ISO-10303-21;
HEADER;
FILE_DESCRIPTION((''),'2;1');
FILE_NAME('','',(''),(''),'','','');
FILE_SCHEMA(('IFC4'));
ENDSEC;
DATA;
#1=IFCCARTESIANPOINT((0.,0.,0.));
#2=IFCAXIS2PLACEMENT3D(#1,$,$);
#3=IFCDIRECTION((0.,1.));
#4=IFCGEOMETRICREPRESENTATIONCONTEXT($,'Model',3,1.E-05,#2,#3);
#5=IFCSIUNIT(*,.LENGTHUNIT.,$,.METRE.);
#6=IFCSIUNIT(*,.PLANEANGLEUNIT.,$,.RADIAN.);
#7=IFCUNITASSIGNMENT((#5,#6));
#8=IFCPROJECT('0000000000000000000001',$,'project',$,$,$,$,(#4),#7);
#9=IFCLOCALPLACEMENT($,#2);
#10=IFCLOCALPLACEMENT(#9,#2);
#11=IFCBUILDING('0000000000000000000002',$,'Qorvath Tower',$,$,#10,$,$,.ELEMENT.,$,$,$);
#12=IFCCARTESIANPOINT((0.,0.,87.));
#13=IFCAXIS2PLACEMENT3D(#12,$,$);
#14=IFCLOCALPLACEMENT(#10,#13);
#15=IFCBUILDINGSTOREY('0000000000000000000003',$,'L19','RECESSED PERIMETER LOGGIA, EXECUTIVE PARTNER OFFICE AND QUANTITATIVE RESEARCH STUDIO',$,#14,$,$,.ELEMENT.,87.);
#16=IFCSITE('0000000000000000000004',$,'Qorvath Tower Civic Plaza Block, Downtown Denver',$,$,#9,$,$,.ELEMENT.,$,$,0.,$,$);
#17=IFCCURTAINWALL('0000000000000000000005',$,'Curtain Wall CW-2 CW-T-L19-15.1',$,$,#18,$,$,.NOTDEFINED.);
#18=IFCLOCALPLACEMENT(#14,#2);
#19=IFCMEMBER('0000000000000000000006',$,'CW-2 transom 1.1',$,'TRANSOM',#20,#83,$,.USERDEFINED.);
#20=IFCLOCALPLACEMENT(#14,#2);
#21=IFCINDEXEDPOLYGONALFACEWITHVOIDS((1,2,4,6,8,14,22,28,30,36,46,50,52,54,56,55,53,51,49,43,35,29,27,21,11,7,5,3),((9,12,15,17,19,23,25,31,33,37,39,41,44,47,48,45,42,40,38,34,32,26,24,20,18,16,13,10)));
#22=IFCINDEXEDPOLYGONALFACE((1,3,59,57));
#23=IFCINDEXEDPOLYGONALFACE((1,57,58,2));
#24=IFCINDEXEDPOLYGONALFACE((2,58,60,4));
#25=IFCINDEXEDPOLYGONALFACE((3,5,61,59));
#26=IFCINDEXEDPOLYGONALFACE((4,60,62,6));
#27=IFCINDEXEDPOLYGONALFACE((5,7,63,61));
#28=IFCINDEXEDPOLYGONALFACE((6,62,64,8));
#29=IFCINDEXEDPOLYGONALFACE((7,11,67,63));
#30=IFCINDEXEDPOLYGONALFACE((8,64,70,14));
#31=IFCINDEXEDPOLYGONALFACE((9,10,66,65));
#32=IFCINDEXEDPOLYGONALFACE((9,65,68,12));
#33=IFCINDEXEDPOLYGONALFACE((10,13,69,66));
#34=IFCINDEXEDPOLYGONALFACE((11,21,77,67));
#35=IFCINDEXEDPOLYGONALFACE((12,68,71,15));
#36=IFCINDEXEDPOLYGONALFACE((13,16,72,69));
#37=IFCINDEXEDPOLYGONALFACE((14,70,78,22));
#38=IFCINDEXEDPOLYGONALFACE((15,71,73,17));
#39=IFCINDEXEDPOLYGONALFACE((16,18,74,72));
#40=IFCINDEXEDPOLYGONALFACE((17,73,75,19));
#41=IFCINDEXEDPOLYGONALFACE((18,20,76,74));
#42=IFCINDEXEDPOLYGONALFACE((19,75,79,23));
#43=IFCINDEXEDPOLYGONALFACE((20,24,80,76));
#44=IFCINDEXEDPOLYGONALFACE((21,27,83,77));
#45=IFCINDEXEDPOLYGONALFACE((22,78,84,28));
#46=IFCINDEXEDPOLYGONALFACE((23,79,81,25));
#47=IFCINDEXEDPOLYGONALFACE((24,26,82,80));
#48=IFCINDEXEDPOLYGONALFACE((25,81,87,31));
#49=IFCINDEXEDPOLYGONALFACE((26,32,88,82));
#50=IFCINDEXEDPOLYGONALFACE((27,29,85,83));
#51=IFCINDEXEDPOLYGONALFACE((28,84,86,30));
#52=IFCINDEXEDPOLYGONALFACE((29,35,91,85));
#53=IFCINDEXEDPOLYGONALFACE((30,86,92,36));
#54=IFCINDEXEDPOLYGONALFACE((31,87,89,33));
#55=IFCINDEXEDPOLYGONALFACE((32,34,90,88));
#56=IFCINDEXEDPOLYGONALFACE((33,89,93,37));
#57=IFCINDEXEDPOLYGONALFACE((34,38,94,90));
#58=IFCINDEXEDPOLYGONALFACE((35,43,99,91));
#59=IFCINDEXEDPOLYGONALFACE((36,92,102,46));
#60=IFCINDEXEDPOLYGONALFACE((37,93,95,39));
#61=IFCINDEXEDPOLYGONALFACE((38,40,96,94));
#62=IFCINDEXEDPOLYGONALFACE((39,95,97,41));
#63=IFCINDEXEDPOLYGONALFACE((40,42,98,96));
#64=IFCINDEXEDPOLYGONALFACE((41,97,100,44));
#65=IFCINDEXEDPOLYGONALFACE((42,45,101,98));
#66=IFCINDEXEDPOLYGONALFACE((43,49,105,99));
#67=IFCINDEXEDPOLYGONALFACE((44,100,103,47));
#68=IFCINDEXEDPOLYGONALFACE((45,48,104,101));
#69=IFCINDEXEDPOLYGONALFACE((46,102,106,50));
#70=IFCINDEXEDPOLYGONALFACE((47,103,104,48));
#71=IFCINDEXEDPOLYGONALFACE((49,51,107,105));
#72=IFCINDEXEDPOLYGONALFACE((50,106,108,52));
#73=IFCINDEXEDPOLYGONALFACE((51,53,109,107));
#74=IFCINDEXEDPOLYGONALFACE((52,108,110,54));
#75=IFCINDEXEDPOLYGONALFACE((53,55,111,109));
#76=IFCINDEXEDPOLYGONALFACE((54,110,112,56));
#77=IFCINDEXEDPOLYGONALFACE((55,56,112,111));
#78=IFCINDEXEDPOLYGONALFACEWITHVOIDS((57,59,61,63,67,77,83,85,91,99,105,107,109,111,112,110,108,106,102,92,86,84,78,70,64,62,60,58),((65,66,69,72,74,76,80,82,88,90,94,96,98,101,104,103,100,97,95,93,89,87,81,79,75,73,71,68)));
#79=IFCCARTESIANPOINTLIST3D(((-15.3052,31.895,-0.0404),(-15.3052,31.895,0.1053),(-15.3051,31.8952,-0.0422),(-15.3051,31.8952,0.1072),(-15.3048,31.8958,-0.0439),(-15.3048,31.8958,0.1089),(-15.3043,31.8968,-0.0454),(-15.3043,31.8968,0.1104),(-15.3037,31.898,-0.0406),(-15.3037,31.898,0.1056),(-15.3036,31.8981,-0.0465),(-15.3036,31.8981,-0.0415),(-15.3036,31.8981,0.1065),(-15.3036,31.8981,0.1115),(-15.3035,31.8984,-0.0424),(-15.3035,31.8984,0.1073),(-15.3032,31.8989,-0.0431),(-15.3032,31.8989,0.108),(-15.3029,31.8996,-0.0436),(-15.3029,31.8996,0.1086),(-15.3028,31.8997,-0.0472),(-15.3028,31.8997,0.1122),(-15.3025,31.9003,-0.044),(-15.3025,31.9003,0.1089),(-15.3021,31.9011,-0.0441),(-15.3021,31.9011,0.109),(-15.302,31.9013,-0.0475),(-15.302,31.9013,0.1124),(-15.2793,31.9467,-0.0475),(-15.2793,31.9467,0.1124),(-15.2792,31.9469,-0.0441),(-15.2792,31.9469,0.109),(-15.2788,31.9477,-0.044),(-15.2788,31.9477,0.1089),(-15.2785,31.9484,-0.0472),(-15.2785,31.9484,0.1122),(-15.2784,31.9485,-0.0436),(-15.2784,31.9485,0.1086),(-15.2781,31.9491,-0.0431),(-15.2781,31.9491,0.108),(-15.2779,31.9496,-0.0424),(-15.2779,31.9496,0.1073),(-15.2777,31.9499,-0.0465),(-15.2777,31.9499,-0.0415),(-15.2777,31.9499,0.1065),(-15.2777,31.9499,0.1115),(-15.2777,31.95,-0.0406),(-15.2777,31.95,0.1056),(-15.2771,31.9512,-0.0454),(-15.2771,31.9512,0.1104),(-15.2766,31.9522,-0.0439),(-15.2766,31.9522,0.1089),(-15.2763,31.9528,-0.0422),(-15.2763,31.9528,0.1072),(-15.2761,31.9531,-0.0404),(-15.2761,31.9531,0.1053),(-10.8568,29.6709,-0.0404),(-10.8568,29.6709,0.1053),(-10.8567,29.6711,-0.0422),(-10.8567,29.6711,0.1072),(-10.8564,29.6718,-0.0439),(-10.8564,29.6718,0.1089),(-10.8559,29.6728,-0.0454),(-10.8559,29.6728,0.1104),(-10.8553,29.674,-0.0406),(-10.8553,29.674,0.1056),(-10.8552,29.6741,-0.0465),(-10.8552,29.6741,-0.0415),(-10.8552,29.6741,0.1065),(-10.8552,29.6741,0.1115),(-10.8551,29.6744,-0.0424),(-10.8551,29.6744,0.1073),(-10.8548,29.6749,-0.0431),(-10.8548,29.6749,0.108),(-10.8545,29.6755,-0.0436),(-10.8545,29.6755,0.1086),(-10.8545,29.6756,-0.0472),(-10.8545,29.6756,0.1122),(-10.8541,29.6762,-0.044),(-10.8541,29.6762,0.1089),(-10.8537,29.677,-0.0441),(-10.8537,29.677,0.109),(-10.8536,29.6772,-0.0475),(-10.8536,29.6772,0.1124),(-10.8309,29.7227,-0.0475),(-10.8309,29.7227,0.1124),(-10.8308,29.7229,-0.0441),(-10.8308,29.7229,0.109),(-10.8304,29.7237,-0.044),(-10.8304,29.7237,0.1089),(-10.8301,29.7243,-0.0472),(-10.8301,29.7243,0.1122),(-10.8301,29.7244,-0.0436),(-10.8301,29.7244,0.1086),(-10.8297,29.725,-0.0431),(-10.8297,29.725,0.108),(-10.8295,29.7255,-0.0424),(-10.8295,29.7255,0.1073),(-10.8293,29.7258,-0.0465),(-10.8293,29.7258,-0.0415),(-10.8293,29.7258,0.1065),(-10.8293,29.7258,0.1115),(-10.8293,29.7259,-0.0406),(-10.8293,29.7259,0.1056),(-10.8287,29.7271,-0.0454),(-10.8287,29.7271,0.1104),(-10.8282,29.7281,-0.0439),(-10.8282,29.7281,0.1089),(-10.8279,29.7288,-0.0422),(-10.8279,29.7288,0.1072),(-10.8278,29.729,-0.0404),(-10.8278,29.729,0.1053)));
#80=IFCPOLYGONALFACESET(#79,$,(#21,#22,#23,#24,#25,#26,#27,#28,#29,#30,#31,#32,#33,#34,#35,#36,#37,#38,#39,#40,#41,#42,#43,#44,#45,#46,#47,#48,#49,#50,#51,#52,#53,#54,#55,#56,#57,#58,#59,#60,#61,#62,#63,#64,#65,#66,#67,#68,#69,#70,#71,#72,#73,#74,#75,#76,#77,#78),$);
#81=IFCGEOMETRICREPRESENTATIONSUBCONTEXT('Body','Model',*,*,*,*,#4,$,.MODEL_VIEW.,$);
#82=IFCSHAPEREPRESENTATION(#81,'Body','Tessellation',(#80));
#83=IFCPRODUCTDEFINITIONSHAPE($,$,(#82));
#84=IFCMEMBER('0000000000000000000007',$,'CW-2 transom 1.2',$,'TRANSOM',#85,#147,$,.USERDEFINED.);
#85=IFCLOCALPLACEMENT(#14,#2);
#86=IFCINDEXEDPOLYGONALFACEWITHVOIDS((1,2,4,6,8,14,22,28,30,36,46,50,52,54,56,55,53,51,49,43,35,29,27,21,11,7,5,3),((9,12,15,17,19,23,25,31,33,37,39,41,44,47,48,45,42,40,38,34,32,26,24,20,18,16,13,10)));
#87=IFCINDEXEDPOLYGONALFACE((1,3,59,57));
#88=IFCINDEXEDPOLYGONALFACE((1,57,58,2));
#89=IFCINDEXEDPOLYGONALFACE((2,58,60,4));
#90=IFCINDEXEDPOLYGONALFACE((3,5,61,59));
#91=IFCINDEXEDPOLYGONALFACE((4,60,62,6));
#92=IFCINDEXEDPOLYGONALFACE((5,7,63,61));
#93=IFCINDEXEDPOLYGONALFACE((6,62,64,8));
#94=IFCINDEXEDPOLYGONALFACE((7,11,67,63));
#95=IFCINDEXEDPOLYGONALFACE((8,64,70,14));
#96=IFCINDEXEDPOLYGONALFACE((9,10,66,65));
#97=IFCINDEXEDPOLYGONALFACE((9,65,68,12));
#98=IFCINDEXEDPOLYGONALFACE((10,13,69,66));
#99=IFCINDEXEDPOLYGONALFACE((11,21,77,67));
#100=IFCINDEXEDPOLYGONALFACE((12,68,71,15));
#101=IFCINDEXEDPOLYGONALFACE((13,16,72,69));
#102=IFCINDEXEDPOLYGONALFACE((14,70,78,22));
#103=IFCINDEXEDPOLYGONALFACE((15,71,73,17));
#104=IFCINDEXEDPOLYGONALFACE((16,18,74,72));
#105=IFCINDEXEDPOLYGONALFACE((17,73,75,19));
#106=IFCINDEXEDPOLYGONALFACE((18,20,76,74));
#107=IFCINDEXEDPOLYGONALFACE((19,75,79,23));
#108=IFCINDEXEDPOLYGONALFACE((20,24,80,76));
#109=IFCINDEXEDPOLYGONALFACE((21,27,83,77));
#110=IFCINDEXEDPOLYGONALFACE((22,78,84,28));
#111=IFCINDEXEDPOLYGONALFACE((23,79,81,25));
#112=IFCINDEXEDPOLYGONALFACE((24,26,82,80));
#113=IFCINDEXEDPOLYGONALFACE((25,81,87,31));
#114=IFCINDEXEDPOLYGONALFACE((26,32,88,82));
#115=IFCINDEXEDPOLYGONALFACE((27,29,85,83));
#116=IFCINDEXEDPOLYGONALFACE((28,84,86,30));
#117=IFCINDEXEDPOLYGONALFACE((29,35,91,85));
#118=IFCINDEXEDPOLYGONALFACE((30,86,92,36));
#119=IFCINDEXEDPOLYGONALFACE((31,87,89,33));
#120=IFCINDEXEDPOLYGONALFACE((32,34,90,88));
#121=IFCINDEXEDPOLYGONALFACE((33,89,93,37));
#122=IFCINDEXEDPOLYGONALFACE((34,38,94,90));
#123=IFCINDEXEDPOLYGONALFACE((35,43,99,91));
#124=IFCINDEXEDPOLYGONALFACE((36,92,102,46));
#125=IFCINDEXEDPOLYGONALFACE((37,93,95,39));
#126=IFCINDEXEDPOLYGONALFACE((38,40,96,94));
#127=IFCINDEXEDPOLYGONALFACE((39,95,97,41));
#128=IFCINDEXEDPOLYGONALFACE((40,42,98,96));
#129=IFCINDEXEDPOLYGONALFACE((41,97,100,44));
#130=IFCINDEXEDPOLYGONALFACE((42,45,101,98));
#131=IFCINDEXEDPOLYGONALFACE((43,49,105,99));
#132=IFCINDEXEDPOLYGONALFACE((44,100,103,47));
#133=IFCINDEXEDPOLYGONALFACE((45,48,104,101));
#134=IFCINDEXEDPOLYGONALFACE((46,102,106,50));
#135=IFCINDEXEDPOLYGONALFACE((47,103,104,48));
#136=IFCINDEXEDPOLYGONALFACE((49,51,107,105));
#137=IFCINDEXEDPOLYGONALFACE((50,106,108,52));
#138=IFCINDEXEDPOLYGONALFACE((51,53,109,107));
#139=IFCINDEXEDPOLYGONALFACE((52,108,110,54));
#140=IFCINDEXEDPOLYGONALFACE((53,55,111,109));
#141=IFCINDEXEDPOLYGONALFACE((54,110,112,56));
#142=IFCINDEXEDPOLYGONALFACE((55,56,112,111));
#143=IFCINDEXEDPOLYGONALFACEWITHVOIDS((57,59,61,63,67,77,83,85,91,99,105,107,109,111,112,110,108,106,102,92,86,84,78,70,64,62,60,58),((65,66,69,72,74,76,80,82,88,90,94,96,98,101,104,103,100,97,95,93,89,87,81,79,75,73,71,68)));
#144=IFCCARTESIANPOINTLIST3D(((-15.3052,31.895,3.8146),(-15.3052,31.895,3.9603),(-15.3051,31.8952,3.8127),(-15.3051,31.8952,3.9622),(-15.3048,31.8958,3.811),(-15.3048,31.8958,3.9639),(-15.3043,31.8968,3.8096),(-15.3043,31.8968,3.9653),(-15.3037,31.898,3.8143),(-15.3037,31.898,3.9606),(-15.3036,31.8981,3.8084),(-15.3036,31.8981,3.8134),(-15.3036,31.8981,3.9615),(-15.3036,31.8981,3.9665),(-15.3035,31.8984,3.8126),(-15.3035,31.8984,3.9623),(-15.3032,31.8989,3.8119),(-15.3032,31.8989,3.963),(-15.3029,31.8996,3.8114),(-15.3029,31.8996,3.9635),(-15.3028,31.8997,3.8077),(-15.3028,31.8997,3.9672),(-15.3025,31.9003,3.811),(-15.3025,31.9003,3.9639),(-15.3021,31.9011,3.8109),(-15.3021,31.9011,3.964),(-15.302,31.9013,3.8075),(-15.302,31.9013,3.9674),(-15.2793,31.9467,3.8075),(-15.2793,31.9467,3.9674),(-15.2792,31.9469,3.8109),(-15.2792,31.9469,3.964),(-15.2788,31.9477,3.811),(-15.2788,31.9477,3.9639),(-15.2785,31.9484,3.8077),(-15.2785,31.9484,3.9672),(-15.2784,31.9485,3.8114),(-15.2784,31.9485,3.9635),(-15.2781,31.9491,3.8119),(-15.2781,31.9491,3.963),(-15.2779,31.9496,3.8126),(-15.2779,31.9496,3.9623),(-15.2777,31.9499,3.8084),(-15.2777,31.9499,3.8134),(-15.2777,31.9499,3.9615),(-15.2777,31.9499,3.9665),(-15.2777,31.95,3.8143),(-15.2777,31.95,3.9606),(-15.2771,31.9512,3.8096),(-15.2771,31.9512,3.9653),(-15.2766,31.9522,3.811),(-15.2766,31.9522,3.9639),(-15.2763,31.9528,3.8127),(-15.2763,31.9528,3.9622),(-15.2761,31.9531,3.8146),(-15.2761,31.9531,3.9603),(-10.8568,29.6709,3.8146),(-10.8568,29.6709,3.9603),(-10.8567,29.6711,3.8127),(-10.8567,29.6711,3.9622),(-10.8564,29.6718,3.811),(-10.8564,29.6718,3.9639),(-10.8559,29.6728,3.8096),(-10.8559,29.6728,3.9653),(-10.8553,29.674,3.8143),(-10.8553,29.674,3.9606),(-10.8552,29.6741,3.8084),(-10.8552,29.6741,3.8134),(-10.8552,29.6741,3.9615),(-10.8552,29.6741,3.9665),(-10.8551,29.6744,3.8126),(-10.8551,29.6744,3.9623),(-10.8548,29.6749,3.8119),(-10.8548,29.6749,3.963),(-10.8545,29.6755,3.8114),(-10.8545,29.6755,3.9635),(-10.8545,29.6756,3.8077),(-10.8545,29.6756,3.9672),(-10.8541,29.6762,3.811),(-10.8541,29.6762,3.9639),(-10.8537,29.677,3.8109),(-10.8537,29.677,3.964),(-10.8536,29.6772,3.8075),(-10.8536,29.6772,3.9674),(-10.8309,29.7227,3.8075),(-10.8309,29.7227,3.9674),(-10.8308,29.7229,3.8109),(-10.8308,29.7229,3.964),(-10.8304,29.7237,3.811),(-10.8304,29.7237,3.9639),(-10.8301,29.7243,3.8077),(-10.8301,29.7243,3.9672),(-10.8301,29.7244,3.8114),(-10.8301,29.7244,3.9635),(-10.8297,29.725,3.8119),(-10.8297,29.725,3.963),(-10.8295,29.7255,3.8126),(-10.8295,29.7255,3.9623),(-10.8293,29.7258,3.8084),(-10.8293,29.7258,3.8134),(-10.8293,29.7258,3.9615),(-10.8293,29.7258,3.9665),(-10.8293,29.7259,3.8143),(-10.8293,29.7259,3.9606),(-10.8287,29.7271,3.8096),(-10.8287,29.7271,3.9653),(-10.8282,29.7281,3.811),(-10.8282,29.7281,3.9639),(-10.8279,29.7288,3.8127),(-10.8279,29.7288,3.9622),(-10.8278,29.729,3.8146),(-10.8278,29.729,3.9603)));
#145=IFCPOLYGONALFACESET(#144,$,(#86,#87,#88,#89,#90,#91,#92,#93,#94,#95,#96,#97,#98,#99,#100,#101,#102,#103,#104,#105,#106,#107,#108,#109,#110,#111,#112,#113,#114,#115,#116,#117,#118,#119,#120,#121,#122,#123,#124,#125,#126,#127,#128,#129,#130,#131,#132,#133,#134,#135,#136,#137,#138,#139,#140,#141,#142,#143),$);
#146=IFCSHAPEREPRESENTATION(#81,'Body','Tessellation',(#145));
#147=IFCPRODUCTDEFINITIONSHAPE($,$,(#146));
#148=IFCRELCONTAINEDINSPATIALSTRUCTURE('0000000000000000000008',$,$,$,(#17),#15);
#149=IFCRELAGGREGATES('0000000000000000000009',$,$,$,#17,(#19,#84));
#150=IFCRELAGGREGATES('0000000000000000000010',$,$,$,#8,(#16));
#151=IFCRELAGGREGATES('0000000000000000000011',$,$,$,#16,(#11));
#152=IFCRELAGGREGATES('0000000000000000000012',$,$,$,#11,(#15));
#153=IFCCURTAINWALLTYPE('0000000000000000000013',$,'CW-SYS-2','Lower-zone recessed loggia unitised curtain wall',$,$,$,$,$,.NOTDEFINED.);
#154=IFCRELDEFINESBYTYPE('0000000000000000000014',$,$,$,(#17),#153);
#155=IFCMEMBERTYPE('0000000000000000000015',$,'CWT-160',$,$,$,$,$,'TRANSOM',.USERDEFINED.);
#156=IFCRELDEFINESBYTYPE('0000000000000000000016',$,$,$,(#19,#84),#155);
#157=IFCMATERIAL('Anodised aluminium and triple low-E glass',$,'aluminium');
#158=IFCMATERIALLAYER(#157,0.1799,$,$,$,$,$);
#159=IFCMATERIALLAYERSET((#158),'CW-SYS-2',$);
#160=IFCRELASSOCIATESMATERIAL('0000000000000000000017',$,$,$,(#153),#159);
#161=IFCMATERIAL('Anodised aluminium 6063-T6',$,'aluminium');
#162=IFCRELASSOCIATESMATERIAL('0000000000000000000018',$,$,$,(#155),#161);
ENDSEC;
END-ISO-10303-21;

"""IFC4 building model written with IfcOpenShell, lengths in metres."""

from ifc_helpers import new_model, si_unit, direction, frame, origin, origin_2d, place, context, subcontext, project, spatial, hollow_rectangle, extrude, material, layer, layer_set, material_profile, profile_set, type_object, element, aggregate, save


model = new_model("IFC4")

# Units and contexts
model_context = context("Model", 3, precision=1e-05, world=origin(), true_north=direction((0.0, 1.0)))
body_context = subcontext(model_context, "Body", "Model", "MODEL_VIEW")
ifc_project = project(units=[si_unit("LENGTHUNIT", "METRE"), si_unit("PLANEANGLEUNIT", "RADIAN")], contexts=[model_context])

# Site, building, storey
site_placement = place(None, origin())
site = spatial("IfcSite", under=ifc_project, at=site_placement, Name="Qorvath Tower Civic Plaza Block, Downtown Denver", CompositionType="ELEMENT", RefElevation=0.0)
building_placement = place(site_placement, origin())
building = spatial("IfcBuilding", under=site, at=building_placement, Name="Qorvath Tower", CompositionType="ELEMENT")
storey_placement = place(building_placement, frame((0.0, 0.0, 87.0)))
storey = spatial("IfcBuildingStorey", under=building, at=storey_placement, Name="L19", Description="RECESSED PERIMETER LOGGIA, EXECUTIVE PARTNER OFFICE AND QUANTITATIVE RESEARCH STUDIO", CompositionType="ELEMENT", Elevation=87.0)

# Shared definitions
ifc_material_1 = material(Name="Anodised aluminium and triple low-E glass", Category="aluminium")
ifc_layer_1 = layer(ifc_material_1, 0.1799)
ifc_layer_set_1 = layer_set([ifc_layer_1], Name="CW-SYS-2")
curtain_wall_type = type_object("IfcCurtainWallType", Name="CW-SYS-2", Description="Lower-zone recessed loggia unitised curtain wall", PredefinedType="NOTDEFINED", material=ifc_layer_set_1)

# Curtain wall
curtain_wall_1_placement = place(storey_placement, origin())
curtain_wall_1 = element("IfcCurtainWall", 1, at=curtain_wall_1_placement, inside=storey, type_object=curtain_wall_type, Name="Curtain Wall CW-2 CW-T-L19-15.1", PredefinedType="NOTDEFINED")

# Members
ifc_material_2 = material(Name="Anodised aluminium 6063-T6", Category="aluminium")
ifc_material_profile_1 = material_profile(ifc_material_2, hollow_rectangle(XDim=0.0649, YDim=0.1599, WallThickness=0.0034, InnerFilletRadius=0.0034, OuterFilletRadius=0.0071, at=origin_2d()), Name="CWT 160x65")
ifc_profile_set_1 = profile_set([ifc_material_profile_1], Name="Anodised aluminium 6063-T6")
member_type_1 = type_object("IfcMemberType", Name="CWT-160", ElementType="TRANSOM", PredefinedType="USERDEFINED", material=ifc_profile_set_1)
member_1_placement = place(storey_placement, frame((-10.8423, 29.7, 0.0325), z_axis=(-0.894437, 0.447194, 0.0), x_axis=(-0.447194, -0.894437, 0.0)))
member_1 = element("IfcMember", 2, at=member_1_placement, type_object=member_type_1, Name="CW-2 transom 1.1", ObjectType="TRANSOM", PredefinedType="USERDEFINED", context=body_context, shape_type="SweptSolid", body=[
    extrude(hollow_rectangle(XDim=0.0649, YDim=0.1599, WallThickness=0.0034, InnerFilletRadius=0.0034, OuterFilletRadius=0.0071, at=origin_2d()), origin(), (0.0, 0.0, 1.0), 4.9734),
])
member_2_placement = place(storey_placement, frame((-10.8423, 29.7, 3.8875), z_axis=(-0.894437, 0.447194, 0.0), x_axis=(-0.447194, -0.894437, 0.0)))
member_2 = element("IfcMember", 3, at=member_2_placement, type_object=member_type_1, Name="CW-2 transom 1.2", ObjectType="TRANSOM", PredefinedType="USERDEFINED", context=body_context, shape_type="SweptSolid", body=[
    extrude(hollow_rectangle(XDim=0.0649, YDim=0.1599, WallThickness=0.0034, InnerFilletRadius=0.0034, OuterFilletRadius=0.0071, at=origin_2d()), origin(), (0.0, 0.0, 1.0), 4.9734),
])

aggregate(curtain_wall_1, [member_1, member_2])

save(model, "model.ifc")
